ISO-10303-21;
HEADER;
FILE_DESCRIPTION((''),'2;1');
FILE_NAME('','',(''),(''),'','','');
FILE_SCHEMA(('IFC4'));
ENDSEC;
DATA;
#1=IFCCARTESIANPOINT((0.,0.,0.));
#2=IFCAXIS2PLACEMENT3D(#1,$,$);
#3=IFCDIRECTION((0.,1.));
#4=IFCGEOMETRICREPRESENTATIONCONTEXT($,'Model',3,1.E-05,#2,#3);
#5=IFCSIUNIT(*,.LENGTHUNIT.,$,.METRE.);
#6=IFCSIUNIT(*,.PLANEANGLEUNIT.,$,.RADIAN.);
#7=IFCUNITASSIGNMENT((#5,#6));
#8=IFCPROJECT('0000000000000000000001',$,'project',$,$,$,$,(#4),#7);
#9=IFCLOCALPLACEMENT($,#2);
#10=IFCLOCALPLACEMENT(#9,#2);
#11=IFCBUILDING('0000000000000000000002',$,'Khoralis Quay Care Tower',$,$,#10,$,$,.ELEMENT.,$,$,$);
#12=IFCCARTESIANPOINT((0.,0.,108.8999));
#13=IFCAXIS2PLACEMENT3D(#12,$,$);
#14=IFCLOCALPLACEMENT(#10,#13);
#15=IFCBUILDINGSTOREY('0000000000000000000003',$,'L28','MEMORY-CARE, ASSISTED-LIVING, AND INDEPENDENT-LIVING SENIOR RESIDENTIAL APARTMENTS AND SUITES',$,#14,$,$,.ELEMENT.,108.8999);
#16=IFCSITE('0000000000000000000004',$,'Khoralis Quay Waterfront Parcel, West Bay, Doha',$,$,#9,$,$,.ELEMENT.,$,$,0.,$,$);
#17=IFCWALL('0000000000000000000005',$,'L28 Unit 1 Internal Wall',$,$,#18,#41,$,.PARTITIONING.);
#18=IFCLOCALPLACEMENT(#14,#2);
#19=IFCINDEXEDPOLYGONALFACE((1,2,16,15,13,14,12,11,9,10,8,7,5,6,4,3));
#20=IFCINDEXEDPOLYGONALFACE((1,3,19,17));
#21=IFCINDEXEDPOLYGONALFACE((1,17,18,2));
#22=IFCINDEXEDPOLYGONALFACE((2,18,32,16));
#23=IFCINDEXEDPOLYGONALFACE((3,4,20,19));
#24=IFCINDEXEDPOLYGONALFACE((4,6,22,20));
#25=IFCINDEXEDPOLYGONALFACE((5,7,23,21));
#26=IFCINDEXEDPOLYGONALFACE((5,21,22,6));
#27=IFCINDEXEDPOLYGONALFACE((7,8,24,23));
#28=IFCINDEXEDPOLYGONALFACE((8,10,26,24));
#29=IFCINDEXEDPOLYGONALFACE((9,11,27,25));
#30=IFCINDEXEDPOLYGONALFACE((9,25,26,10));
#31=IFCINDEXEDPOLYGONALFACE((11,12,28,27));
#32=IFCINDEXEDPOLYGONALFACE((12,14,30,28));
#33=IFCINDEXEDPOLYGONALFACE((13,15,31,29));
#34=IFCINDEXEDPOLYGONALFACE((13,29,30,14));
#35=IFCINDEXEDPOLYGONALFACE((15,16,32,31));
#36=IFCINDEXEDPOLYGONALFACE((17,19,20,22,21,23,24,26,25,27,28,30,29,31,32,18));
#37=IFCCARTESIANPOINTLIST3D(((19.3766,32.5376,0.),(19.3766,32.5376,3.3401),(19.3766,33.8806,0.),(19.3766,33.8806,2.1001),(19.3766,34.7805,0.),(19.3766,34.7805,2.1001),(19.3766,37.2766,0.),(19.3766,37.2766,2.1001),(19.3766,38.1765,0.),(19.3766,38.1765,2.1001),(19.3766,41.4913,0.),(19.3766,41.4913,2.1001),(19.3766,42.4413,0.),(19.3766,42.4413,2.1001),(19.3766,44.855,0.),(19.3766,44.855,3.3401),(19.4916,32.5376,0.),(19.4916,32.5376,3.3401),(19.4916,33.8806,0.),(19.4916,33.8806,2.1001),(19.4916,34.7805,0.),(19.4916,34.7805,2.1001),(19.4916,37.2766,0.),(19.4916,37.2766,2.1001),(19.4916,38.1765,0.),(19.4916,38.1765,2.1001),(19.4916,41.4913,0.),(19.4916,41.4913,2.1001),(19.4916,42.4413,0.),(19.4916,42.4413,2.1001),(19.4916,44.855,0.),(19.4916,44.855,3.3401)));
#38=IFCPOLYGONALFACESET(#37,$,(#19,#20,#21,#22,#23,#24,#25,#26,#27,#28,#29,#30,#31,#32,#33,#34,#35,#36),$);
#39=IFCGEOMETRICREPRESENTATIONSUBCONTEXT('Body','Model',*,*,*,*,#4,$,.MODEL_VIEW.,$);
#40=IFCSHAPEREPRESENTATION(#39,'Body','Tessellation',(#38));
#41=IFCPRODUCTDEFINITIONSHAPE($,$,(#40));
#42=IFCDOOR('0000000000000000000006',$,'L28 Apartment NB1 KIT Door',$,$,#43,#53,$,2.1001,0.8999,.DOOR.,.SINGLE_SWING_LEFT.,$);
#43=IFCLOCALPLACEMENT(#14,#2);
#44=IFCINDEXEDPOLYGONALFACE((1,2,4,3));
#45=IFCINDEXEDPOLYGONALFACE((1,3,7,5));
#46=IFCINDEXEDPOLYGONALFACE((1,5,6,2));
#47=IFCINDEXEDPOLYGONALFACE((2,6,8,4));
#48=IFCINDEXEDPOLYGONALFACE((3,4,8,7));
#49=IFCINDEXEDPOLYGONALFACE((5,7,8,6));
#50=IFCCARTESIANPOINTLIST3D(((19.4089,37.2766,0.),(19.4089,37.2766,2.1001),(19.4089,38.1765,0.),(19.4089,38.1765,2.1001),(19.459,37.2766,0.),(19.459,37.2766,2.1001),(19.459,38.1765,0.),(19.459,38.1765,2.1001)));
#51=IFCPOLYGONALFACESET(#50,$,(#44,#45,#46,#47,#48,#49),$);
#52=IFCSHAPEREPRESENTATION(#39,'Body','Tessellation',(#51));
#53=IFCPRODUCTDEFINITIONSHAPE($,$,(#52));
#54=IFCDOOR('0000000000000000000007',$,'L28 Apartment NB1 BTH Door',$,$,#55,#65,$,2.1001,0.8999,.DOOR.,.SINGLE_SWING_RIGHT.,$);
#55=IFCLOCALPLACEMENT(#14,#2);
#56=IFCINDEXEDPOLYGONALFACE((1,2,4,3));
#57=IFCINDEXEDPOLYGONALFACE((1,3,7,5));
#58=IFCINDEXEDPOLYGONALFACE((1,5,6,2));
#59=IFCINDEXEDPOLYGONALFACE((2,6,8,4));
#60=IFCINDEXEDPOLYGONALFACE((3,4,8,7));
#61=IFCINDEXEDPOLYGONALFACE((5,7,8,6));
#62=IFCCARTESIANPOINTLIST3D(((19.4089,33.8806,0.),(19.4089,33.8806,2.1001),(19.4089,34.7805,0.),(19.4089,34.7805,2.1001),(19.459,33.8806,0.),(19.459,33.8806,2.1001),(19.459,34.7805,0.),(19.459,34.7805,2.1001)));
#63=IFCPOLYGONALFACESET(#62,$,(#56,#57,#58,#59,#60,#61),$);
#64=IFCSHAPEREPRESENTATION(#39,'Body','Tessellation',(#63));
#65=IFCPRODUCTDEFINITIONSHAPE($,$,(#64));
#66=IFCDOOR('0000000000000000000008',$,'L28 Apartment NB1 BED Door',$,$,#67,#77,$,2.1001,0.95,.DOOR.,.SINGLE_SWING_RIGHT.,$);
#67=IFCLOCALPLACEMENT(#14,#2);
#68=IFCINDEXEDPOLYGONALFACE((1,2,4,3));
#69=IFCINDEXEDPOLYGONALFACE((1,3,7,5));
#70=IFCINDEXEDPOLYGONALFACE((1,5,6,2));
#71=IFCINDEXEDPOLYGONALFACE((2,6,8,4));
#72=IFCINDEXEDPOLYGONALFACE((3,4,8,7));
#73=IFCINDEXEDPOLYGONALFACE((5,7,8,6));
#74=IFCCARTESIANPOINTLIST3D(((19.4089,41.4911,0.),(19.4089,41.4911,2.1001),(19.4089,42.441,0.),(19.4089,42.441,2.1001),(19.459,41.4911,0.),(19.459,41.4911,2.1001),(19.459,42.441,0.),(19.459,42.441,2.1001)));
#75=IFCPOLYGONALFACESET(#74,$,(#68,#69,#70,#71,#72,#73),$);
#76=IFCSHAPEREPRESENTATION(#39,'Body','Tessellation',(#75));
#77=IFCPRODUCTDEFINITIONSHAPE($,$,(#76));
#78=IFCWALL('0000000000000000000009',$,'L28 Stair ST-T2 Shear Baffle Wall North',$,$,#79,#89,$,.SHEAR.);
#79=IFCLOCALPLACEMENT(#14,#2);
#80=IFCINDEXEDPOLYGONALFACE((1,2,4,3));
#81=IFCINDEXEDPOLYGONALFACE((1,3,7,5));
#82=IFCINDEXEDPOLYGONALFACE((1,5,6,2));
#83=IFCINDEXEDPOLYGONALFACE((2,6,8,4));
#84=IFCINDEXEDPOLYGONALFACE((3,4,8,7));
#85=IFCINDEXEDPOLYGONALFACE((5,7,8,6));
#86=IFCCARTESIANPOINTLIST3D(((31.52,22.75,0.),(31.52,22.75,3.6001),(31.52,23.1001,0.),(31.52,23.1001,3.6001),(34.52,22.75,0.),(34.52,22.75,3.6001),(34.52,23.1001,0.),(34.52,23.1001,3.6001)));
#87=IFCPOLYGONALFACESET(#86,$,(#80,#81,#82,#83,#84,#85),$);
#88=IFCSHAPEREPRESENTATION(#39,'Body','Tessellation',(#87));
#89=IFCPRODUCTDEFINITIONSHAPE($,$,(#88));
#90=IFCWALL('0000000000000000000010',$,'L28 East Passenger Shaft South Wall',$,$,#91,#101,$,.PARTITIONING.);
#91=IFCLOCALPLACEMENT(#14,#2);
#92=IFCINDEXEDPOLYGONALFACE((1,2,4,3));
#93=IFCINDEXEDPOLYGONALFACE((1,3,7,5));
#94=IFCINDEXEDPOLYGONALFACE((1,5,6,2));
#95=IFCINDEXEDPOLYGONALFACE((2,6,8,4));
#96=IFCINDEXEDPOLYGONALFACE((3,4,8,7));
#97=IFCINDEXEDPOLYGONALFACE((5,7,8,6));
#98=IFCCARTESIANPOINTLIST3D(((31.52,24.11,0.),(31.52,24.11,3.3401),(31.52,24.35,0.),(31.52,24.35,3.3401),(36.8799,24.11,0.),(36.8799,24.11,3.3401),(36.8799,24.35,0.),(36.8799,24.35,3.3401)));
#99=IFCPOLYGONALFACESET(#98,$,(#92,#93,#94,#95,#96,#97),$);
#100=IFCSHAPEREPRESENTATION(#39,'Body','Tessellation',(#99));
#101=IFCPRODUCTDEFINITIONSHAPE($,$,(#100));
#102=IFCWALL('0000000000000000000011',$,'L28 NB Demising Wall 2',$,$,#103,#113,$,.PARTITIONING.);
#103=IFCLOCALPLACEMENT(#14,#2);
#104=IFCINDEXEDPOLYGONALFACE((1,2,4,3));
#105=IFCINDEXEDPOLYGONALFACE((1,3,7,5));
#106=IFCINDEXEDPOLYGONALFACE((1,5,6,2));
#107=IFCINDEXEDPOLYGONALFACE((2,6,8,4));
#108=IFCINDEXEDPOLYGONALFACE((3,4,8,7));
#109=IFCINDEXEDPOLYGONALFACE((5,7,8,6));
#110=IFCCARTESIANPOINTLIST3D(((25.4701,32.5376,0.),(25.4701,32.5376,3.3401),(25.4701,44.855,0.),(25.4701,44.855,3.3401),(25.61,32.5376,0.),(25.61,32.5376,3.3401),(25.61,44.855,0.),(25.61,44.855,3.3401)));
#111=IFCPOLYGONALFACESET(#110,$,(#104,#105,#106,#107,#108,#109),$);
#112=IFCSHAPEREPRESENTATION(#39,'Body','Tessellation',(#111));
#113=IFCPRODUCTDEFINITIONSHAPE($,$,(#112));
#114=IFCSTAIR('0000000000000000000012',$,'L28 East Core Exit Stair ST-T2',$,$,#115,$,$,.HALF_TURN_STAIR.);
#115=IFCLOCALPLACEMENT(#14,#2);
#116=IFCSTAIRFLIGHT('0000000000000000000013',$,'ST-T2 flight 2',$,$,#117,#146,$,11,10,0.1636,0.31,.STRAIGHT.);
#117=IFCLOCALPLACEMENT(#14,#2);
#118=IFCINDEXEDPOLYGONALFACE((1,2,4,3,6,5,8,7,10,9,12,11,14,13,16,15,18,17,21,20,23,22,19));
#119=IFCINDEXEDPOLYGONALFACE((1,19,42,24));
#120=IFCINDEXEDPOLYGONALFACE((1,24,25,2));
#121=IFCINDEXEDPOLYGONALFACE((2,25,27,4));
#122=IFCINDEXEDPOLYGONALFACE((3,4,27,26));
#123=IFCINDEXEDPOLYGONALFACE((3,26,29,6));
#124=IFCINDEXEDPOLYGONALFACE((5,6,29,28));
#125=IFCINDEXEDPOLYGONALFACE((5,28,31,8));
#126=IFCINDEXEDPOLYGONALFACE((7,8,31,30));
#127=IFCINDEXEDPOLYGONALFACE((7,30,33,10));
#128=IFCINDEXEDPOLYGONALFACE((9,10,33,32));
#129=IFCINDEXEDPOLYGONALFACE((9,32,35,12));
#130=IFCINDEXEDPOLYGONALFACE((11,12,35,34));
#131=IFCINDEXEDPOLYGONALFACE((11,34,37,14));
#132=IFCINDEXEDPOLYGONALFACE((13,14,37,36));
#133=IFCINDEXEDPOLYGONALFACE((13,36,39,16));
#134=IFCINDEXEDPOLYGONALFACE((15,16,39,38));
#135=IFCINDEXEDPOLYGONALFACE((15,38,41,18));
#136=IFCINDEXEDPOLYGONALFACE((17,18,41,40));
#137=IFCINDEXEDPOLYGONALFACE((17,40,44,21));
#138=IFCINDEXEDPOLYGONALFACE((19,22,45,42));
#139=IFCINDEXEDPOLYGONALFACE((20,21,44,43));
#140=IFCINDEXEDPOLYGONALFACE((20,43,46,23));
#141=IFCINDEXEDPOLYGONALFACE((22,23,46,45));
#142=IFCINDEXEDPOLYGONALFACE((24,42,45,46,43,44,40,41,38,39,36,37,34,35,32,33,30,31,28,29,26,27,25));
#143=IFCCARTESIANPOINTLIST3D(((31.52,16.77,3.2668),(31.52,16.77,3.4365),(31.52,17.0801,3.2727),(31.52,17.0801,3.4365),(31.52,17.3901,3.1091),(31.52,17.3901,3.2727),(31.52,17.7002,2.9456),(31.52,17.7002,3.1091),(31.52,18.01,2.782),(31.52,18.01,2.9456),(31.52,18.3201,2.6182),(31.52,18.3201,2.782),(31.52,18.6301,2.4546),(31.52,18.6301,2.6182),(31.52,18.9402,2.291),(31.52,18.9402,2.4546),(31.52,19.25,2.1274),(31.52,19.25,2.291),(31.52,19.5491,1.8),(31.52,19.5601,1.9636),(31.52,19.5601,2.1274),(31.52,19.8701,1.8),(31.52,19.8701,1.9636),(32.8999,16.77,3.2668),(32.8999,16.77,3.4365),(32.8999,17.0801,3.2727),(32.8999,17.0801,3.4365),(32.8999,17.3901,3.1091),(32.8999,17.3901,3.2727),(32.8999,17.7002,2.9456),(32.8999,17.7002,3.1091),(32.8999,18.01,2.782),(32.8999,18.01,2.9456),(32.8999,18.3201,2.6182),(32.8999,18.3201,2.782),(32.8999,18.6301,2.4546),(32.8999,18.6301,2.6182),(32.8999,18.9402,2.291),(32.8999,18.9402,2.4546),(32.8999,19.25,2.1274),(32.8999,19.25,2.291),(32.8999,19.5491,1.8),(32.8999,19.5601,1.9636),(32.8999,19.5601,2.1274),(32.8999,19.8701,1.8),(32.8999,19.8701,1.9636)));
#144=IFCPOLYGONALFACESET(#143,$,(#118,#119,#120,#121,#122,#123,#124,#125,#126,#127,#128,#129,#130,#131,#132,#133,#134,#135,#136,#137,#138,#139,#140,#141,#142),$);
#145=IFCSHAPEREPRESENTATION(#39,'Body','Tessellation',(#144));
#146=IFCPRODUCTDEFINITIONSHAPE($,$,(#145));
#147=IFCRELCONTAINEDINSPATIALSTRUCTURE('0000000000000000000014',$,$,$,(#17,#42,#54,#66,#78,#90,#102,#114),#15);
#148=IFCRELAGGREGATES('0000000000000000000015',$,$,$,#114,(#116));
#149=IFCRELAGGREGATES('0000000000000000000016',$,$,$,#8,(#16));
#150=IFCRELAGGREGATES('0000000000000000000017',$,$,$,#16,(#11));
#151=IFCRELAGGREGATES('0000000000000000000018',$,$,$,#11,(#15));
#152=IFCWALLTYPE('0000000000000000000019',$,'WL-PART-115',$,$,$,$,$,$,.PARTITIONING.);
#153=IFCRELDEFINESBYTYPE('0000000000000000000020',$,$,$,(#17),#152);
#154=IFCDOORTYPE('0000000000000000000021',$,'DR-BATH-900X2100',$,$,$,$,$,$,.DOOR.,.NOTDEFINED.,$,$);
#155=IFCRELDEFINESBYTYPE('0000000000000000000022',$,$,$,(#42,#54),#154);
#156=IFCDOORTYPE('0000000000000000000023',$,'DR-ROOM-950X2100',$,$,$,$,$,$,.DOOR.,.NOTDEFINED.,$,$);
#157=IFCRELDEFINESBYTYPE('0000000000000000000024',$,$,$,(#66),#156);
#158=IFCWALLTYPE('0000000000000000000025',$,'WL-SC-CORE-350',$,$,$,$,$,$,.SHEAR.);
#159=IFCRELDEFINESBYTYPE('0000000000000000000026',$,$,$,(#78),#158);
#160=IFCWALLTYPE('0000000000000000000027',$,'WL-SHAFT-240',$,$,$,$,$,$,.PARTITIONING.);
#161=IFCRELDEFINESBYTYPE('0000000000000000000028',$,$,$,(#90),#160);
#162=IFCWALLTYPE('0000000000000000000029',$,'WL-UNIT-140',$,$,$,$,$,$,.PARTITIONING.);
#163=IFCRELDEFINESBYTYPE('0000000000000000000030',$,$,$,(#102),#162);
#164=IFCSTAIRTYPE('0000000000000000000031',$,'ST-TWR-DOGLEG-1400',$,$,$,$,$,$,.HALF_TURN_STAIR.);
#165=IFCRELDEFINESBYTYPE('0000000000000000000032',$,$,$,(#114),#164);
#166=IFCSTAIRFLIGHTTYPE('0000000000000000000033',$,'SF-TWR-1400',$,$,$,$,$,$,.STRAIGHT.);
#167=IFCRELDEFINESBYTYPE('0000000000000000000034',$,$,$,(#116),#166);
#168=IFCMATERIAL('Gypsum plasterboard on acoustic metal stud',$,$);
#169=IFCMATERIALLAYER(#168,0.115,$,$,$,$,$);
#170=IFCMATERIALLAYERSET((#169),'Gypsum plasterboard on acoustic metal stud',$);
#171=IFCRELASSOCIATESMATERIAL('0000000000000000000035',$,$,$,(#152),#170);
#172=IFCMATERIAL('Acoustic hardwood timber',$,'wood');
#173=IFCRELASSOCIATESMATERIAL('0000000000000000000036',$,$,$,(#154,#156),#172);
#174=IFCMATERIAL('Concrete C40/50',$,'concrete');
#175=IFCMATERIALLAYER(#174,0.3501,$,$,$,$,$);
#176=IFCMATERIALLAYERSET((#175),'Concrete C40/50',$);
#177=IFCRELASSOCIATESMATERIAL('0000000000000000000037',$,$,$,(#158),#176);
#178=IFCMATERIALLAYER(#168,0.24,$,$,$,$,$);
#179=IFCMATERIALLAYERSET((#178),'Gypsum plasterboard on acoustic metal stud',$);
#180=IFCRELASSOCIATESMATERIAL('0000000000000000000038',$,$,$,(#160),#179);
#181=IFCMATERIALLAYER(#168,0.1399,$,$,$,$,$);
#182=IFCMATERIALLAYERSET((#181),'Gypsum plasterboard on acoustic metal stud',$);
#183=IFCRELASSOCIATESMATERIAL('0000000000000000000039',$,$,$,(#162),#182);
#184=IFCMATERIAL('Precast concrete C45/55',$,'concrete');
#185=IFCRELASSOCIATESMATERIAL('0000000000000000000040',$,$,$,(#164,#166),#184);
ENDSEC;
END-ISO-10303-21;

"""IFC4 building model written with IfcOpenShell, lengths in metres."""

from ifc_helpers import new_model, si_unit, direction, frame, frame_2d, origin, place, context, subcontext, project, spatial, polyline, rectangle, outline, extrude, source, transform, mapped, material, layer, layer_set, type_object, element, fill, aggregate, save


model = new_model("IFC4")

# Units and contexts
model_context = context("Model", 3, precision=1e-05, world=origin(), true_north=direction((0.0, 1.0)))
body_context = subcontext(model_context, "Body", "Model", "MODEL_VIEW")
ifc_project = project(units=[si_unit("LENGTHUNIT", "METRE"), si_unit("PLANEANGLEUNIT", "RADIAN")], contexts=[model_context])

# Site, building, storey
site_placement = place(None, origin())
site = spatial("IfcSite", under=ifc_project, at=site_placement, Name="Khoralis Quay Waterfront Parcel, West Bay, Doha", CompositionType="ELEMENT", RefElevation=0.0)
building_placement = place(site_placement, origin())
building = spatial("IfcBuilding", under=site, at=building_placement, Name="Khoralis Quay Care Tower", CompositionType="ELEMENT")
storey_placement = place(building_placement, frame((0.0, 0.0, 108.8999)))
storey = spatial("IfcBuildingStorey", under=building, at=storey_placement, Name="L28", Description="MEMORY-CARE, ASSISTED-LIVING, AND INDEPENDENT-LIVING SENIOR RESIDENTIAL APARTMENTS AND SUITES", CompositionType="ELEMENT", Elevation=108.8999)

# Shared definitions
ifc_material_1 = material(Name="Gypsum plasterboard on acoustic metal stud")

# Wall, openings, doors
ifc_layer_1 = layer(ifc_material_1, 0.115)
ifc_layer_set_1 = layer_set([ifc_layer_1], Name="Gypsum plasterboard on acoustic metal stud")
wall_type_1 = type_object("IfcWallType", Name="WL-PART-115", PredefinedType="PARTITIONING", material=ifc_layer_set_1)
wall_1_placement = place(storey_placement, frame((19.4341, 32.5376, 0.0), z_axis=(0.0, 0.0, 1.0), x_axis=(0.0, 1.0, 0.0)))
wall_1 = element("IfcWall", 1, at=wall_1_placement, inside=storey, type_object=wall_type_1, Name="L28 Unit 1 Internal Wall", PredefinedType="PARTITIONING", context=body_context, shape_type="SweptSolid", body=[
    extrude(rectangle(XDim=12.3174, YDim=0.115, at=frame_2d((6.1587, 0.0))), origin(), (0.0, 0.0, 1.0), 3.3401),
])
opening_1_placement = place(wall_1_placement, frame((8.9536, 0.0, 0.0)))
opening_1 = element("IfcOpeningElement", 2, at=opening_1_placement, cuts=wall_1, PredefinedType="OPENING", context=body_context, shape_type="SweptSolid", body=[
    extrude(rectangle(XDim=0.95, YDim=2.1001, at=frame_2d((0.4751, 1.05))), frame((0.0, 0.0674, 0.0), z_axis=(0.0, -1.0, 0.0), x_axis=(1.0, 0.0, 0.0)), (0.0, 0.0, 1.0), 0.135),
])
opening_2_placement = place(wall_1_placement, frame((4.739, 0.0, 0.0)))
opening_2 = element("IfcOpeningElement", 3, at=opening_2_placement, cuts=wall_1, PredefinedType="OPENING", context=body_context, shape_type="SweptSolid", body=[
    extrude(rectangle(XDim=0.8999, YDim=2.1001, at=frame_2d((0.45, 1.05))), frame((0.0, 0.0674, 0.0), z_axis=(0.0, -1.0, 0.0), x_axis=(1.0, 0.0, 0.0)), (0.0, 0.0, 1.0), 0.135),
])
opening_3_placement = place(wall_1_placement, frame((1.343, 0.0, 0.0)))
opening_3 = element("IfcOpeningElement", 4, at=opening_3_placement, cuts=wall_1, PredefinedType="OPENING", context=body_context, shape_type="SweptSolid", body=[
    extrude(rectangle(XDim=0.8999, YDim=2.1001, at=frame_2d((0.45, 1.05))), frame((0.0, 0.0674, 0.0), z_axis=(0.0, -1.0, 0.0), x_axis=(1.0, 0.0, 0.0)), (0.0, 0.0, 1.0), 0.135),
])
ifc_material_2 = material(Name="Acoustic hardwood timber", Category="wood")
door_type_1 = type_object("IfcDoorType", Name="DR-BATH-900X2100", OperationType="NOTDEFINED", PredefinedType="DOOR", material=ifc_material_2)
shared_shape_1 = source(origin(), body_context, "Body", "SweptSolid", [
    extrude(rectangle(XDim=0.8999, YDim=2.1001, at=frame_2d((0.45, 1.05))), frame((0.0, 0.0249, 0.0), z_axis=(0.0, -1.0, 0.0), x_axis=(1.0, 0.0, 0.0)), (0.0, 0.0, 1.0), 0.05),
])
door_1_placement = place(opening_2_placement, frame((0.8999, 0.0, 0.0), z_axis=(0.0, 0.0, 1.0), x_axis=(-1.0, 0.0, 0.0)))
door_1 = element("IfcDoor", 5, at=door_1_placement, inside=storey, type_object=door_type_1, Name="L28 Apartment NB1 KIT Door", OperationType="SINGLE_SWING_LEFT", OverallHeight=2.1001, OverallWidth=0.8999, PredefinedType="DOOR", context=body_context, shape_type="MappedRepresentation", body=[
    mapped(shared_shape_1, transform((0.0, 0.0, 0.0), scale=1.0)),
])
fill(opening_2, door_1)
door_2_placement = place(opening_3_placement, frame((0.8999, 0.0, 0.0), z_axis=(0.0, 0.0, 1.0), x_axis=(-1.0, 0.0, 0.0)))
door_2 = element("IfcDoor", 6, at=door_2_placement, inside=storey, type_object=door_type_1, Name="L28 Apartment NB1 BTH Door", OperationType="SINGLE_SWING_RIGHT", OverallHeight=2.1001, OverallWidth=0.8999, PredefinedType="DOOR", context=body_context, shape_type="MappedRepresentation", body=[
    mapped(shared_shape_1, transform((0.0, 0.0, 0.0), scale=1.0)),
])
fill(opening_3, door_2)
door_type_2 = type_object("IfcDoorType", Name="DR-ROOM-950X2100", OperationType="NOTDEFINED", PredefinedType="DOOR", material=ifc_material_2)
shared_shape_2 = source(origin(), body_context, "Body", "SweptSolid", [
    extrude(rectangle(XDim=0.95, YDim=2.1001, at=frame_2d((0.4751, 1.05))), frame((0.0, 0.0249, 0.0), z_axis=(0.0, -1.0, 0.0), x_axis=(1.0, 0.0, 0.0)), (0.0, 0.0, 1.0), 0.05),
])
door_3_placement = place(opening_1_placement, frame((0.95, 0.0, 0.0), z_axis=(0.0, 0.0, 1.0), x_axis=(-1.0, 0.0, 0.0)))
door_3 = element("IfcDoor", 7, at=door_3_placement, inside=storey, type_object=door_type_2, Name="L28 Apartment NB1 BED Door", OperationType="SINGLE_SWING_RIGHT", OverallHeight=2.1001, OverallWidth=0.95, PredefinedType="DOOR", context=body_context, shape_type="MappedRepresentation", body=[
    mapped(shared_shape_2, transform((0.0, 0.0, 0.0), scale=1.0)),
])
fill(opening_1, door_3)

# Walls
ifc_material_3 = material(Name="Concrete C40/50", Category="concrete")
ifc_layer_2 = layer(ifc_material_3, 0.3501)
ifc_layer_set_2 = layer_set([ifc_layer_2], Name="Concrete C40/50")
wall_type_2 = type_object("IfcWallType", Name="WL-SC-CORE-350", PredefinedType="SHEAR", material=ifc_layer_set_2)
wall_2_placement = place(storey_placement, frame((31.52, 22.925, 0.0), z_axis=(0.0, 0.0, 1.0), x_axis=(1.0, 0.0, 0.0)))
element("IfcWall", 8, at=wall_2_placement, inside=storey, type_object=wall_type_2, Name="L28 Stair ST-T2 Shear Baffle Wall North", PredefinedType="SHEAR", context=body_context, shape_type="SweptSolid", body=[
    extrude(rectangle(XDim=3.0, YDim=0.3501, at=frame_2d((1.5, 0.0))), origin(), (0.0, 0.0, 1.0), 3.6001),
])
ifc_layer_3 = layer(ifc_material_1, 0.24)
ifc_layer_set_3 = layer_set([ifc_layer_3], Name="Gypsum plasterboard on acoustic metal stud")
wall_type_3 = type_object("IfcWallType", Name="WL-SHAFT-240", PredefinedType="PARTITIONING", material=ifc_layer_set_3)
wall_3_placement = place(storey_placement, frame((31.52, 24.23, 0.0), z_axis=(0.0, 0.0, 1.0), x_axis=(1.0, 0.0, 0.0)))
element("IfcWall", 9, at=wall_3_placement, inside=storey, type_object=wall_type_3, Name="L28 East Passenger Shaft South Wall", PredefinedType="PARTITIONING", context=body_context, shape_type="SweptSolid", body=[
    extrude(rectangle(XDim=5.3599, YDim=0.24, at=frame_2d((2.6799, 0.0))), origin(), (0.0, 0.0, 1.0), 3.3401),
])
ifc_layer_4 = layer(ifc_material_1, 0.1399)
ifc_layer_set_4 = layer_set([ifc_layer_4], Name="Gypsum plasterboard on acoustic metal stud")
wall_type_4 = type_object("IfcWallType", Name="WL-UNIT-140", PredefinedType="PARTITIONING", material=ifc_layer_set_4)
wall_4_placement = place(storey_placement, frame((25.54, 32.5376, 0.0), z_axis=(0.0, 0.0, 1.0), x_axis=(0.0, 1.0, 0.0)))
element("IfcWall", 10, at=wall_4_placement, inside=storey, type_object=wall_type_4, Name="L28 NB Demising Wall 2", PredefinedType="PARTITIONING", context=body_context, shape_type="SweptSolid", body=[
    extrude(rectangle(XDim=12.3174, YDim=0.1399, at=frame_2d((6.1587, 0.0))), origin(), (0.0, 0.0, 1.0), 3.3401),
])

# Stair, stair flight
ifc_material_4 = material(Name="Precast concrete C45/55", Category="concrete")
stair_type = type_object("IfcStairType", Name="ST-TWR-DOGLEG-1400", PredefinedType="HALF_TURN_STAIR", material=ifc_material_4)
stair_placement = place(storey_placement, origin())
stair = element("IfcStair", 11, at=stair_placement, inside=storey, type_object=stair_type, Name="L28 East Core Exit Stair ST-T2", PredefinedType="HALF_TURN_STAIR")
stair_flight_type = type_object("IfcStairFlightType", Name="SF-TWR-1400", PredefinedType="STRAIGHT", material=ifc_material_4)
shared_shape_3 = source(origin(), body_context, "Body", "SweptSolid", [
    extrude(outline(polyline([(0.0, 0.0), (0.0, 0.1636), (0.3101, 0.1636), (0.3101, 0.3274), (0.6201, 0.3274), (0.6201, 0.491), (0.9299, 0.491), (0.9299, 0.6545), (1.24, 0.6545), (1.24, 0.8181), (1.55, 0.8181), (1.55, 0.9819), (1.8601, 0.9819), (1.8601, 1.1455), (2.1699, 1.1455), (2.1699, 1.3091), (2.48, 1.3091), (2.48, 1.4727), (2.79, 1.4727), (2.79, 1.6365), (3.1001, 1.6365), (3.1001, 1.8), (3.1001, 1.4668), (0.321, 0.0), (0.0, 0.0)])), frame((0.0, 0.6899, 0.0), z_axis=(0.0, -1.0, 0.0), x_axis=(1.0, 0.0, 0.0)), (0.0, 0.0, 1.0), 1.3799),
])
stair_flight_placement = place(storey_placement, frame((32.21, 19.8701, 1.8), z_axis=(0.0, 0.0, 1.0), x_axis=(0.0, -1.0, 0.0)))
stair_flight = element("IfcStairFlight", 12, at=stair_flight_placement, type_object=stair_flight_type, Name="ST-T2 flight 2", NumberOfRisers=11, NumberOfTreads=10, PredefinedType="STRAIGHT", RiserHeight=0.1636, TreadLength=0.31, context=body_context, shape_type="MappedRepresentation", body=[
    mapped(shared_shape_3, transform((0.0, 0.0, 0.0), scale=1.0)),
])
aggregate(stair, [stair_flight])

save(model, "model.ifc")
